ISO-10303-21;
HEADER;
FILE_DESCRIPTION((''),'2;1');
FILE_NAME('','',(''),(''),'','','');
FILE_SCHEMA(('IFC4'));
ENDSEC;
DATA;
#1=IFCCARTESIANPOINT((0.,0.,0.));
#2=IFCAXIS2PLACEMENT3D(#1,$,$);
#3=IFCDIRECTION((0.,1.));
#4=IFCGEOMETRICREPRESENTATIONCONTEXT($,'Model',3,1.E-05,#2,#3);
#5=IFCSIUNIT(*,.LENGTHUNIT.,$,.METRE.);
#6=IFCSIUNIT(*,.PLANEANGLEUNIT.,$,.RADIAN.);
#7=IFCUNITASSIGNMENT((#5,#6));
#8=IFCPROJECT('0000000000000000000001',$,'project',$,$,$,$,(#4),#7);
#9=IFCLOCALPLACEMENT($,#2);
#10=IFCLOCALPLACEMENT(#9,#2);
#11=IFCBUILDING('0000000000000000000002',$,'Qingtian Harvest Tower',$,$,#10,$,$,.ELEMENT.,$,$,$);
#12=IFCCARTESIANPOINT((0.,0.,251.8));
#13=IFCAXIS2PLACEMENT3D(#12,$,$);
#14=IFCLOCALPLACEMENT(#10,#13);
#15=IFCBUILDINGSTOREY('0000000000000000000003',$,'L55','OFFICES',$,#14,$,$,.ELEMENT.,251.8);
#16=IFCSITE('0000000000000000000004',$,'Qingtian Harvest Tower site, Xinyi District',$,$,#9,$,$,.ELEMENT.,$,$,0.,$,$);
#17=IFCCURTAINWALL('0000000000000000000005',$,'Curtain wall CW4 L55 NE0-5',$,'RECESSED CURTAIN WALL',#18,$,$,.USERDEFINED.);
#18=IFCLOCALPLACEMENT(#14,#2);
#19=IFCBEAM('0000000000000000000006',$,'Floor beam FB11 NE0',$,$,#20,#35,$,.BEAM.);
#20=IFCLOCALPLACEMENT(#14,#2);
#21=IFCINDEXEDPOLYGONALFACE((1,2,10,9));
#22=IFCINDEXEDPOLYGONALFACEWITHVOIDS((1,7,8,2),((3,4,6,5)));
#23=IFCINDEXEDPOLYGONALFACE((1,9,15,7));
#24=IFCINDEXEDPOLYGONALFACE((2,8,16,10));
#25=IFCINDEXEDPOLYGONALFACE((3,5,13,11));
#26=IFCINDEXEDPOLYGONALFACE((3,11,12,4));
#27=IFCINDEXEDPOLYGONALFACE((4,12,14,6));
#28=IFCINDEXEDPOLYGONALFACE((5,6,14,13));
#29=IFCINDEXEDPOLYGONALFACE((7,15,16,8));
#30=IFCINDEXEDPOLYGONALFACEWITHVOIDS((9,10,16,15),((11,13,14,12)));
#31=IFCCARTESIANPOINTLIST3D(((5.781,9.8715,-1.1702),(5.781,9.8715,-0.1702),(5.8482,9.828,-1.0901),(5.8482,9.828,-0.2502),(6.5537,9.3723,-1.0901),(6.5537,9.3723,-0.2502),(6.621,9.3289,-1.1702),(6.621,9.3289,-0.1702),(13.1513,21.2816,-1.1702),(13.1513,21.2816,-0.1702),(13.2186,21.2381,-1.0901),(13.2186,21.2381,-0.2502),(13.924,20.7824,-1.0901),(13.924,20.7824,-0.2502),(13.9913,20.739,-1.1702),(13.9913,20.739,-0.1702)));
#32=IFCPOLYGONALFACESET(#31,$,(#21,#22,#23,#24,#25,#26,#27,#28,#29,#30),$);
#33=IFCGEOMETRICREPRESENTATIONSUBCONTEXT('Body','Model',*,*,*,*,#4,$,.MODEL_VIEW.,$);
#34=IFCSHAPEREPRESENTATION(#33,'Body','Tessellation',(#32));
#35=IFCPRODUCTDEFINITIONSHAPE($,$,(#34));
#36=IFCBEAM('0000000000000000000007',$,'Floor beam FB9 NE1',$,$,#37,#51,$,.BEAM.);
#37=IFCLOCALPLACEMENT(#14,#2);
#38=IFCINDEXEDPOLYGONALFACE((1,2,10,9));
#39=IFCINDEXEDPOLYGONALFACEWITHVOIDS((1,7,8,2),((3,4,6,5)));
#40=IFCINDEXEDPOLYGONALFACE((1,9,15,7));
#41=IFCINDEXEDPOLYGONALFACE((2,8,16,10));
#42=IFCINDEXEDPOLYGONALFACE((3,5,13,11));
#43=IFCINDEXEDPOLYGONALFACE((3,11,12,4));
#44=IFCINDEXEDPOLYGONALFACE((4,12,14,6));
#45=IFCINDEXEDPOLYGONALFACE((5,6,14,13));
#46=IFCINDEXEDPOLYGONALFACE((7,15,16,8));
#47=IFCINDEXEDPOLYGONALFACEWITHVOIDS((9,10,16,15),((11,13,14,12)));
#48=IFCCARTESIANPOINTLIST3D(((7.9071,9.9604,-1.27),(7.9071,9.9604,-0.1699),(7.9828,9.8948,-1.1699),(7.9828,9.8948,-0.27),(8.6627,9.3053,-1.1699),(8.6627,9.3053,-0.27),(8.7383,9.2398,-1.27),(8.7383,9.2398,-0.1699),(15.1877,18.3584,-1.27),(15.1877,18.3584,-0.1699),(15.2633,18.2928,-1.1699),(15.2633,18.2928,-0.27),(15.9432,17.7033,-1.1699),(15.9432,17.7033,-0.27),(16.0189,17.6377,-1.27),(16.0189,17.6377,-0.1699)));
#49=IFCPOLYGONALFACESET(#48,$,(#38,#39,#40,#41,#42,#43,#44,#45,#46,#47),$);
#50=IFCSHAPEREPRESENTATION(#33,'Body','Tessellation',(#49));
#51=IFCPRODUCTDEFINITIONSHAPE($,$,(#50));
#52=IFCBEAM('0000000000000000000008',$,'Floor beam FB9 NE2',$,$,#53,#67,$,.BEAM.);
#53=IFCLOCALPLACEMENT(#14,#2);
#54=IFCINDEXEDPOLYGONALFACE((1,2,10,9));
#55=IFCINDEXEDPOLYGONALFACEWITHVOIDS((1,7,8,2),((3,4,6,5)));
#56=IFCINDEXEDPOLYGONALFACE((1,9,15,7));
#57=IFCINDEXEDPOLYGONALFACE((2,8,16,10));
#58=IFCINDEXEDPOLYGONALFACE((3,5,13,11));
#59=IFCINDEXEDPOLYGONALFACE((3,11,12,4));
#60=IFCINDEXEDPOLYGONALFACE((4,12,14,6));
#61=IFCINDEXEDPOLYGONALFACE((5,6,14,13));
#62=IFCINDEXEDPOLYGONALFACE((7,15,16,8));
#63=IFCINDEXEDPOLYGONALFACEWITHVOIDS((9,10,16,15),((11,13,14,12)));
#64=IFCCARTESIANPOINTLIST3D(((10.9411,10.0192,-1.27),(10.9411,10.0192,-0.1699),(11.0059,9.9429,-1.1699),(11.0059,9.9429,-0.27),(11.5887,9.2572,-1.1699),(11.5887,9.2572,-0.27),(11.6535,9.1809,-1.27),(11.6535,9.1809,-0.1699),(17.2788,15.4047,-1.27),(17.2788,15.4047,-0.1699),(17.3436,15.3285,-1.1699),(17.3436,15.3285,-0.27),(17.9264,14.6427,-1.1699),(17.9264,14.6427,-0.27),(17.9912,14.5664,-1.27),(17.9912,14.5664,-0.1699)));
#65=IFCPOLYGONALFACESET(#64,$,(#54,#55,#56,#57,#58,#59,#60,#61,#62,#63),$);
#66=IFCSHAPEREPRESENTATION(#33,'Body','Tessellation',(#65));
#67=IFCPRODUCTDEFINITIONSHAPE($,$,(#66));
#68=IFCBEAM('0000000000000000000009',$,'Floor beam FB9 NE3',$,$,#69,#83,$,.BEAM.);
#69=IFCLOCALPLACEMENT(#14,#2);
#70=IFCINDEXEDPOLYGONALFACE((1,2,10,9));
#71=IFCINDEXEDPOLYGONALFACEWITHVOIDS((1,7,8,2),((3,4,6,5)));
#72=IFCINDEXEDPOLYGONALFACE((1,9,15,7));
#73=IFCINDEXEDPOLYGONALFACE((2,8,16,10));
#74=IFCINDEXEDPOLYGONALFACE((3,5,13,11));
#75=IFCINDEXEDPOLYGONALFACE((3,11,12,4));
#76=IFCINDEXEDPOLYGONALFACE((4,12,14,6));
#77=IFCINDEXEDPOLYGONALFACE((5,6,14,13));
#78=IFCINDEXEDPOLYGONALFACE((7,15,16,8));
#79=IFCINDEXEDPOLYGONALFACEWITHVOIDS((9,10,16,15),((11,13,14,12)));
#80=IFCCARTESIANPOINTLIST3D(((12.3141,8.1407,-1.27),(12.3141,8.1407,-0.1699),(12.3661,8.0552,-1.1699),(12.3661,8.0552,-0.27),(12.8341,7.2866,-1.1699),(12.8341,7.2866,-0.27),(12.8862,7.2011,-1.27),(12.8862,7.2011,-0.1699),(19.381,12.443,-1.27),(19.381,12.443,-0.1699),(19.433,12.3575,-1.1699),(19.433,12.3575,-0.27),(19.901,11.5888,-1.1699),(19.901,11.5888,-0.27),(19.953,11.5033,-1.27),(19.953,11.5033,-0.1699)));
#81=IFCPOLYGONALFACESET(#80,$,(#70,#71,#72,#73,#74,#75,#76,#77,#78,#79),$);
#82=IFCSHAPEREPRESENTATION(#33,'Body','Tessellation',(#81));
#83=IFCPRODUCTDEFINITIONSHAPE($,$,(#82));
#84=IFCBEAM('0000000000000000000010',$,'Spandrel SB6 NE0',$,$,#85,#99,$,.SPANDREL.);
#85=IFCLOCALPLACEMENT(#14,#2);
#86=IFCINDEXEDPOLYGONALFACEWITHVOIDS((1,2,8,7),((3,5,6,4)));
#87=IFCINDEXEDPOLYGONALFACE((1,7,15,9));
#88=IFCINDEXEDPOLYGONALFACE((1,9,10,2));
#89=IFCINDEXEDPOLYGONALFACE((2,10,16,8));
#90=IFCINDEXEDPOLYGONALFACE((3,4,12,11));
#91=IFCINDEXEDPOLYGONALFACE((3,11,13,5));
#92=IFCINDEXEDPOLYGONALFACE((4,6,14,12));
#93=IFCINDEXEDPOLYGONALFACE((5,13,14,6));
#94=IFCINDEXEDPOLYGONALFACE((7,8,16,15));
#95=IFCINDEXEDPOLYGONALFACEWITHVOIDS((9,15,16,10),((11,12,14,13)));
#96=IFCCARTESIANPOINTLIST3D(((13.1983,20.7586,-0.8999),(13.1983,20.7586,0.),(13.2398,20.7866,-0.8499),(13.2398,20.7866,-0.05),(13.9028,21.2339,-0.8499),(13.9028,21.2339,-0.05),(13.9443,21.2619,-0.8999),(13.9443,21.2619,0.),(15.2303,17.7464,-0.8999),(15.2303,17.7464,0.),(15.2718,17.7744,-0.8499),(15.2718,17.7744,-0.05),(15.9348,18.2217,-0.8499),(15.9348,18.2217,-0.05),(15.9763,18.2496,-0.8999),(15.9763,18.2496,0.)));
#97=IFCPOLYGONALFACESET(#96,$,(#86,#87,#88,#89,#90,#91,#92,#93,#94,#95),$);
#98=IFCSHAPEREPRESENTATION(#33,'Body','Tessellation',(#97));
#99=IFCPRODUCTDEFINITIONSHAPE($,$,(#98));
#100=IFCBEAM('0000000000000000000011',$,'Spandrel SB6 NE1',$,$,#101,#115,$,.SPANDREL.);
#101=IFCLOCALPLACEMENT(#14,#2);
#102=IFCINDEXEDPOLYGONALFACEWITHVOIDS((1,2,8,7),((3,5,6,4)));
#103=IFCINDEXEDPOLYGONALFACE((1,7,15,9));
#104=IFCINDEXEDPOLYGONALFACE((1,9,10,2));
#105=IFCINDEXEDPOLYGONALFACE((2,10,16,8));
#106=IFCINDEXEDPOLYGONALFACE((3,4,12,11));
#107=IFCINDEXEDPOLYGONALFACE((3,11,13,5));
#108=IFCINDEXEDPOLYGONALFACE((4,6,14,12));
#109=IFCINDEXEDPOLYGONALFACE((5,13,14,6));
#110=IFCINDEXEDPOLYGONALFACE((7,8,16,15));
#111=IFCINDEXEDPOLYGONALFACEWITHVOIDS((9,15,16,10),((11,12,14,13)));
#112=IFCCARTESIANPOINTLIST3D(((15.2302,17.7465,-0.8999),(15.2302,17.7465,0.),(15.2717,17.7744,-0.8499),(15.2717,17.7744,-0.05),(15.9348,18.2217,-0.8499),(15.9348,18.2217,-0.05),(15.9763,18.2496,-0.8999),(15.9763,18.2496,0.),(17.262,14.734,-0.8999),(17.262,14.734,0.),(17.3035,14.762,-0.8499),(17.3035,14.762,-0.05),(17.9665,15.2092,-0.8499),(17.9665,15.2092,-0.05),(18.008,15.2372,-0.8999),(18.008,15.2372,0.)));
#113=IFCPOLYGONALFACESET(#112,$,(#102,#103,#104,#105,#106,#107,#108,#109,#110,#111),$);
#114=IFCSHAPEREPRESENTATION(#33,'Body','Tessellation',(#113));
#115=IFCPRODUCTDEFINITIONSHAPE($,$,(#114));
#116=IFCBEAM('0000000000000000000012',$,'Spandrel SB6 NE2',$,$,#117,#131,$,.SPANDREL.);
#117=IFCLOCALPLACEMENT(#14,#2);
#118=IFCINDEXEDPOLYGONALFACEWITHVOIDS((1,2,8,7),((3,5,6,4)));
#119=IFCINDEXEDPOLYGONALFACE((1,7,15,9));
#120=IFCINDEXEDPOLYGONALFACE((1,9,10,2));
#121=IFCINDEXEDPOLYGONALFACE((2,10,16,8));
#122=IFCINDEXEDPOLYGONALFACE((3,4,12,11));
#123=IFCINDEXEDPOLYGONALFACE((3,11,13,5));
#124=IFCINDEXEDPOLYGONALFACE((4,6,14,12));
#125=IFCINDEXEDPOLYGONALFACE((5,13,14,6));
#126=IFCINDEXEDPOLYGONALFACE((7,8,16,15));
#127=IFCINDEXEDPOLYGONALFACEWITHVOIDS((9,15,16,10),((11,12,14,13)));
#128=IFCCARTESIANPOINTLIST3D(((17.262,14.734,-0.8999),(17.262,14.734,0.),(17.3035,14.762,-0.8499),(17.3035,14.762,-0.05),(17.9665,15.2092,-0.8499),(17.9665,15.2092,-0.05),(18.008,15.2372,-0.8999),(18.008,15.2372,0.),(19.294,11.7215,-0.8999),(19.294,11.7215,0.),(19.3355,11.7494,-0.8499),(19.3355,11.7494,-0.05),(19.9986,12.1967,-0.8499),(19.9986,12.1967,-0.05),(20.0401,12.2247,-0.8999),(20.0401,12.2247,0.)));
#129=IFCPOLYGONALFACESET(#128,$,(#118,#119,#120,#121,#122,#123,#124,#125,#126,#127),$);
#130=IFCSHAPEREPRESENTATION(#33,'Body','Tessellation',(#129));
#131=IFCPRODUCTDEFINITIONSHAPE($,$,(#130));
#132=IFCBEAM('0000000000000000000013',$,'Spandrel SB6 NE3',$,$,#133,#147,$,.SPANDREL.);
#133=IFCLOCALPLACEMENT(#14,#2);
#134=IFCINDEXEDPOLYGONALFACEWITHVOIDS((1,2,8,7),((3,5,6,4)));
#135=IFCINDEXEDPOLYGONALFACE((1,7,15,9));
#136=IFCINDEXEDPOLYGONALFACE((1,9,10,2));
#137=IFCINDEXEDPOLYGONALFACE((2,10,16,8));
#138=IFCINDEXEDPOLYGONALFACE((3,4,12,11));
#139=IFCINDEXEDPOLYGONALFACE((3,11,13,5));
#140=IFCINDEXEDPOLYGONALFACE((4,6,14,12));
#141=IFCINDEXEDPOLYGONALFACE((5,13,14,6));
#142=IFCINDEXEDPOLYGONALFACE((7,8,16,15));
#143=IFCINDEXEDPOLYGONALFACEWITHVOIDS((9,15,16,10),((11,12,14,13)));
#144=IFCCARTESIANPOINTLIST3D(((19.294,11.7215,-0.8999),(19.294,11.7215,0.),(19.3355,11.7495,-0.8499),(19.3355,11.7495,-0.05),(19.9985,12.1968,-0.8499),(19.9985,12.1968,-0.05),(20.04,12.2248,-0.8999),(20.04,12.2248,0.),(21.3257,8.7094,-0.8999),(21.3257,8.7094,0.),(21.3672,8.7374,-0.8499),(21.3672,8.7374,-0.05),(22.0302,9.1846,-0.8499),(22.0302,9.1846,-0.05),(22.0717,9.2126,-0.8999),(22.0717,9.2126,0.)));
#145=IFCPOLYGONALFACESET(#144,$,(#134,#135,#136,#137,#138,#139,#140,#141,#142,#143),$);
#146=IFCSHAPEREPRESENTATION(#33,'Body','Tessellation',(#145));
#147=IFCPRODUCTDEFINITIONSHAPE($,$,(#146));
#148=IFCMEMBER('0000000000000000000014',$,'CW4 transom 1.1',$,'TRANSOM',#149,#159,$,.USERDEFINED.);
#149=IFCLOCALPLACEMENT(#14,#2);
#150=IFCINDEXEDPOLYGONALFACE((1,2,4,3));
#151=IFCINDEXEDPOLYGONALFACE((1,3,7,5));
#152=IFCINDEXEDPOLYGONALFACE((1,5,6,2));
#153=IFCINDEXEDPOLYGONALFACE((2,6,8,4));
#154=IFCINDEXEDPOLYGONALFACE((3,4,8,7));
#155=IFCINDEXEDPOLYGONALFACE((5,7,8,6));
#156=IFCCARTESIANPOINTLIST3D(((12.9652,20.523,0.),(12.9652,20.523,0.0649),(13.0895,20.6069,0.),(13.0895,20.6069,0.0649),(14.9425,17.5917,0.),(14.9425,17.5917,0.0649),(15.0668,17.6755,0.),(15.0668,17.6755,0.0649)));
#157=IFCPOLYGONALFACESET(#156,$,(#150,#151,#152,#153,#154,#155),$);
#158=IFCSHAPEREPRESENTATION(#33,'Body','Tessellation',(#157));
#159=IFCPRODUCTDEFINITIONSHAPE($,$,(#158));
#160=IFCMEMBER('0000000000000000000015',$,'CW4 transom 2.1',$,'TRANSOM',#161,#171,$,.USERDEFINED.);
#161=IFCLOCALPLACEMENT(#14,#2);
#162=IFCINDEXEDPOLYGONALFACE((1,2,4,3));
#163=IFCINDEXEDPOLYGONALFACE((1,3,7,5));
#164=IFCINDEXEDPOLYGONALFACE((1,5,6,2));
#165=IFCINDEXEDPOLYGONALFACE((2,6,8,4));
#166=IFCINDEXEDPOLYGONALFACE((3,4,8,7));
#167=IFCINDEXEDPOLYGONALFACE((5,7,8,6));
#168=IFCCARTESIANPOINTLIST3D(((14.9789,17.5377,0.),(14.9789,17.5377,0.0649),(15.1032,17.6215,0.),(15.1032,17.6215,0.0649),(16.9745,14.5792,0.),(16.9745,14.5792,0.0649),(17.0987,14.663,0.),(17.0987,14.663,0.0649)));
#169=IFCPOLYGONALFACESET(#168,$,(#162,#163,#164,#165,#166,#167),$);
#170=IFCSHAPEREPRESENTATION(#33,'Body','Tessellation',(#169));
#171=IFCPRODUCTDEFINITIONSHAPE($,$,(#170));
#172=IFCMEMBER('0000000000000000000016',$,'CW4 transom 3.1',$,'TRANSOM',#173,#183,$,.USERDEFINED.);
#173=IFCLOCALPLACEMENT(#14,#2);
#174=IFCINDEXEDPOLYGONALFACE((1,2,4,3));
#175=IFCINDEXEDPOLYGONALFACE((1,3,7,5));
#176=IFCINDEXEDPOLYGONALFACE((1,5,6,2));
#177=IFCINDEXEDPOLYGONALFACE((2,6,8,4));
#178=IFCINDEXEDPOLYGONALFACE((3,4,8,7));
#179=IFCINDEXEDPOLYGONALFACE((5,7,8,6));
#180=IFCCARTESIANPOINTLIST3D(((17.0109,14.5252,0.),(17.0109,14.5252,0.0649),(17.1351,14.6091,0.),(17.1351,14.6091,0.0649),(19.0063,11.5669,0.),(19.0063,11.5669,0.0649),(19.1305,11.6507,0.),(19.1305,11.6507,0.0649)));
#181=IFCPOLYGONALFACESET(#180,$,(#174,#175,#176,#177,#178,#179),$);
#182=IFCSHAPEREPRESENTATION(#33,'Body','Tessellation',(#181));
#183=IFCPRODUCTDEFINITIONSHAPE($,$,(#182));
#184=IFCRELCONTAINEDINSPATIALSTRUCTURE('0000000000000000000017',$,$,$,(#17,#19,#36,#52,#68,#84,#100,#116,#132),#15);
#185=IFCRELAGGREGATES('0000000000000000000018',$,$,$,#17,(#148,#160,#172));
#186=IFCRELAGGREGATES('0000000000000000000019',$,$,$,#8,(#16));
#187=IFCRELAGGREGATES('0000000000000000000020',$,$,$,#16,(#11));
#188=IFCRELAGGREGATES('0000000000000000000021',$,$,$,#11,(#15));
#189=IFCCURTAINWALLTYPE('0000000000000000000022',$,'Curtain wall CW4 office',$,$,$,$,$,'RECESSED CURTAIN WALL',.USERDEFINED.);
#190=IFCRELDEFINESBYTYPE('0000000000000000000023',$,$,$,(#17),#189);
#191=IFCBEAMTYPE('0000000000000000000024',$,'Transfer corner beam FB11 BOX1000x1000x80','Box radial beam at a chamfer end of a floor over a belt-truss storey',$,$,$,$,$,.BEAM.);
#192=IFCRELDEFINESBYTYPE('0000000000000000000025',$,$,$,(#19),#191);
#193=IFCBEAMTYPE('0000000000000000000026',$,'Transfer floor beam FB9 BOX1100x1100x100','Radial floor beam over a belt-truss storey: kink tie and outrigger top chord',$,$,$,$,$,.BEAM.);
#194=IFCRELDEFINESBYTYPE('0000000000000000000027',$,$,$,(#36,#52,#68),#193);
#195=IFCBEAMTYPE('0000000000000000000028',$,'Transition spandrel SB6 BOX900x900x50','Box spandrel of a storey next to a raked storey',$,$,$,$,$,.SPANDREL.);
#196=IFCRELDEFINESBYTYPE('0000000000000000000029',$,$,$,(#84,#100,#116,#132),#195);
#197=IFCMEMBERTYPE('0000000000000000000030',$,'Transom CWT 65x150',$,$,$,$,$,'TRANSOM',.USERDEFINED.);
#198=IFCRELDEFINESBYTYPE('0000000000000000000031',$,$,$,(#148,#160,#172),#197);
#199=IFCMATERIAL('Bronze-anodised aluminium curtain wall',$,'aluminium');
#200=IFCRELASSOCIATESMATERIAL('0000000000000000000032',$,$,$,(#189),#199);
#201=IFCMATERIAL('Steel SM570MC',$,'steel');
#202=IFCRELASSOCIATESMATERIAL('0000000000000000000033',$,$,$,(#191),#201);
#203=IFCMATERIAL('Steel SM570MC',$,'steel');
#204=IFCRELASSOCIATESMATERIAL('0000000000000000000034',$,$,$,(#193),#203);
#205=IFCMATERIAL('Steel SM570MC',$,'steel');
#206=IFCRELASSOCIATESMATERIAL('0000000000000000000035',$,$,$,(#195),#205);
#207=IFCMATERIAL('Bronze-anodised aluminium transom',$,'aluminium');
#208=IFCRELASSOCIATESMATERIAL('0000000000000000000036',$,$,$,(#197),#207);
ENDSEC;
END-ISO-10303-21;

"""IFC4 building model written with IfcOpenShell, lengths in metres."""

from ifc_helpers import new_model, si_unit, direction, frame, origin, origin_2d, place, context, subcontext, project, spatial, rectangle, hollow_rectangle, extrude, material, material_profile, profile_set, type_object, element, aggregate, save


model = new_model("IFC4")

# Units and contexts
model_context = context("Model", 3, precision=1e-05, world=origin(), true_north=direction((0.0, 1.0)))
body_context = subcontext(model_context, "Body", "Model", "MODEL_VIEW")
ifc_project = project(units=[si_unit("LENGTHUNIT", "METRE"), si_unit("PLANEANGLEUNIT", "RADIAN")], contexts=[model_context])

# Site, building, storey
site_placement = place(None, origin())
site = spatial("IfcSite", under=ifc_project, at=site_placement, Name="Qingtian Harvest Tower site, Xinyi District", CompositionType="ELEMENT", RefElevation=0.0)
building_placement = place(site_placement, origin())
building = spatial("IfcBuilding", under=site, at=building_placement, Name="Qingtian Harvest Tower", CompositionType="ELEMENT")
storey_placement = place(building_placement, frame((0.0, 0.0, 251.8)))
storey = spatial("IfcBuildingStorey", under=building, at=storey_placement, Name="L55", Description="OFFICES", CompositionType="ELEMENT", Elevation=251.8)

# Curtain wall
ifc_material_1 = material(Name="Bronze-anodised aluminium curtain wall", Category="aluminium")
curtain_wall_type = type_object("IfcCurtainWallType", Name="Curtain wall CW4 office", ElementType="RECESSED CURTAIN WALL", PredefinedType="USERDEFINED", material=ifc_material_1)
curtain_wall_placement = place(storey_placement, origin())
curtain_wall = element("IfcCurtainWall", 1, at=curtain_wall_placement, inside=storey, type_object=curtain_wall_type, Name="Curtain wall CW4 L55 NE0-5", ObjectType="RECESSED CURTAIN WALL", PredefinedType="USERDEFINED")

# Beams
ifc_material_2 = material(Name="Steel SM570MC", Category="steel")
ifc_material_profile_1 = material_profile(ifc_material_2, hollow_rectangle(XDim=1.0, YDim=1.0, WallThickness=0.0801, at=origin_2d()), Name="BOX1000x1000x80")
ifc_profile_set_1 = profile_set([ifc_material_profile_1], Name="Steel SM570MC")
beam_type_1 = type_object("IfcBeamType", Name="Transfer corner beam FB11 BOX1000x1000x80", Description="Box radial beam at a chamfer end of a floor over a belt-truss storey", PredefinedType="BEAM", material=ifc_profile_set_1)
beam_1_placement = place(storey_placement, frame((13.5713, 21.0103, -0.6702), z_axis=(-0.542593, -0.839996, 0.0), x_axis=(0.839996, -0.542593, 0.0)))
element("IfcBeam", 2, at=beam_1_placement, inside=storey, type_object=beam_type_1, Name="Floor beam FB11 NE0", PredefinedType="BEAM", context=body_context, shape_type="SweptSolid", body=[
    extrude(hollow_rectangle(XDim=1.0, YDim=1.0, WallThickness=0.0801, at=origin_2d()), origin(), (0.0, 0.0, 1.0), 13.5835),
])
ifc_material_3 = material(Name="Steel SM570MC", Category="steel")
ifc_material_profile_2 = material_profile(ifc_material_3, hollow_rectangle(XDim=1.1001, YDim=1.1001, WallThickness=0.1001, at=origin_2d()), Name="BOX1100x1100x100")
ifc_profile_set_2 = profile_set([ifc_material_profile_2], Name="Steel SM570MC")
beam_type_2 = type_object("IfcBeamType", Name="Transfer floor beam FB9 BOX1100x1100x100", Description="Radial floor beam over a belt-truss storey: kink tie and outrigger top chord", PredefinedType="BEAM", material=ifc_profile_set_2)
beam_2_placement = place(storey_placement, frame((15.6033, 17.998, -0.72), z_axis=(-0.655048, -0.755587, 0.0), x_axis=(0.755587, -0.655048, 0.0)))
element("IfcBeam", 3, at=beam_2_placement, inside=storey, type_object=beam_type_2, Name="Floor beam FB9 NE1", PredefinedType="BEAM", context=body_context, shape_type="SweptSolid", body=[
    extrude(hollow_rectangle(XDim=1.1001, YDim=1.1001, WallThickness=0.1001, at=origin_2d()), origin(), (0.0, 0.0, 1.0), 11.1145),
])
beam_3_placement = place(storey_placement, frame((17.635, 14.9856, -0.72), z_axis=(-0.762028, -0.647544, 0.0), x_axis=(0.647544, -0.762028, 0.0)))
element("IfcBeam", 4, at=beam_3_placement, inside=storey, type_object=beam_type_2, Name="Floor beam FB9 NE2", PredefinedType="BEAM", context=body_context, shape_type="SweptSolid", body=[
    extrude(hollow_rectangle(XDim=1.1001, YDim=1.1001, WallThickness=0.1001, at=origin_2d()), origin(), (0.0, 0.0, 1.0), 8.3169),
])
beam_4_placement = place(storey_placement, frame((19.667, 11.9731, -0.72), z_axis=(-0.854163, -0.520005, 0.0), x_axis=(0.520005, -0.854163, 0.0)))
element("IfcBeam", 5, at=beam_4_placement, inside=storey, type_object=beam_type_2, Name="Floor beam FB9 NE3", PredefinedType="BEAM", context=body_context, shape_type="SweptSolid", body=[
    extrude(hollow_rectangle(XDim=1.1001, YDim=1.1001, WallThickness=0.1001, at=origin_2d()), origin(), (0.0, 0.0, 1.0), 8.2734),
])
ifc_material_4 = material(Name="Steel SM570MC", Category="steel")
ifc_material_profile_3 = material_profile(ifc_material_4, hollow_rectangle(XDim=0.8999, YDim=0.8999, WallThickness=0.05, at=origin_2d()), Name="BOX900x900x50")
ifc_profile_set_3 = profile_set([ifc_material_profile_3], Name="Steel SM570MC")
beam_type_3 = type_object("IfcBeamType", Name="Transition spandrel SB6 BOX900x900x50", Description="Box spandrel of a storey next to a raked storey", PredefinedType="SPANDREL", material=ifc_profile_set_3)
for number, where, z_axis, x_axis, name in (
    (6, (13.5713, 21.0103, -0.45), (0.559235, -0.829009, 0.0), (0.829009, 0.559235, 0.0), "Spandrel SB6 NE0"),
    (7, (15.6033, 17.998, -0.45), (0.559158, -0.829061, 0.0), (0.829061, 0.559158, 0.0), "Spandrel SB6 NE1"),
):
    element("IfcBeam", number, at=place(storey_placement, frame(where, z_axis=z_axis, x_axis=x_axis)), inside=storey, type_object=beam_type_3, Name=name, PredefinedType="SPANDREL", context=body_context, shape_type="SweptSolid", body=[
        extrude(hollow_rectangle(XDim=0.8999, YDim=0.8999, WallThickness=0.05, at=origin_2d()), origin(), (0.0, 0.0, 1.0), 3.6335),
    ])
beam_5_placement = place(storey_placement, frame((17.635, 14.9856, -0.45), z_axis=(0.559204, -0.82903, 0.0), x_axis=(0.82903, 0.559204, 0.0)))
element("IfcBeam", 8, at=beam_5_placement, inside=storey, type_object=beam_type_3, Name="Spandrel SB6 NE2", PredefinedType="SPANDREL", context=body_context, shape_type="SweptSolid", body=[
    extrude(hollow_rectangle(XDim=0.8999, YDim=0.8999, WallThickness=0.05, at=origin_2d()), origin(), (0.0, 0.0, 1.0), 3.6338),
])
beam_6_placement = place(storey_placement, frame((19.667, 11.9731, -0.45), z_axis=(0.559189, -0.82904, 0.0), x_axis=(0.82904, 0.559189, 0.0)))
element("IfcBeam", 9, at=beam_6_placement, inside=storey, type_object=beam_type_3, Name="Spandrel SB6 NE3", PredefinedType="SPANDREL", context=body_context, shape_type="SweptSolid", body=[
    extrude(hollow_rectangle(XDim=0.8999, YDim=0.8999, WallThickness=0.05, at=origin_2d()), origin(), (0.0, 0.0, 1.0), 3.6333),
])

# Members
ifc_material_5 = material(Name="Bronze-anodised aluminium transom", Category="aluminium")
ifc_material_profile_4 = material_profile(ifc_material_5, rectangle(XDim=0.1499, YDim=0.0649, at=origin_2d()), Name="AL 65x150")
ifc_profile_set_4 = profile_set([ifc_material_profile_4], Name="Bronze-anodised aluminium transom")
member_type_1 = type_object("IfcMemberType", Name="Transom CWT 65x150", ElementType="TRANSOM", PredefinedType="USERDEFINED", material=ifc_profile_set_4)
member_1_placement = place(storey_placement, frame((13.0273, 20.5649, 0.0325), z_axis=(0.559201, -0.829032, 0.0), x_axis=(0.829032, 0.559201, 0.0)))
member_1 = element("IfcMember", 10, at=member_1_placement, type_object=member_type_1, Name="CW4 transom 1.1", ObjectType="TRANSOM", PredefinedType="USERDEFINED", context=body_context, shape_type="SweptSolid", body=[
    extrude(rectangle(XDim=0.1499, YDim=0.0649, at=origin_2d()), origin(), (0.0, 0.0, 1.0), 3.5359),
])
member_2_placement = place(storey_placement, frame((15.041, 17.5796, 0.0325), z_axis=(0.559207, -0.829028, 0.0), x_axis=(0.829028, 0.559207, 0.0)))
member_2 = element("IfcMember", 11, at=member_2_placement, type_object=member_type_1, Name="CW4 transom 2.1", ObjectType="TRANSOM", PredefinedType="USERDEFINED", context=body_context, shape_type="SweptSolid", body=[
    extrude(rectangle(XDim=0.1499, YDim=0.0649, at=origin_2d()), origin(), (0.0, 0.0, 1.0), 3.5686),
])
member_3_placement = place(storey_placement, frame((17.073, 14.5671, 0.0325), z_axis=(0.559192, -0.829038, 0.0), x_axis=(0.829038, 0.559192, 0.0)))
member_3 = element("IfcMember", 12, at=member_3_placement, type_object=member_type_1, Name="CW4 transom 3.1", ObjectType="TRANSOM", PredefinedType="USERDEFINED", context=body_context, shape_type="SweptSolid", body=[
    extrude(rectangle(XDim=0.1499, YDim=0.0649, at=origin_2d()), origin(), (0.0, 0.0, 1.0), 3.5684),
])

aggregate(curtain_wall, [member_1, member_2, member_3])

save(model, "model.ifc")
